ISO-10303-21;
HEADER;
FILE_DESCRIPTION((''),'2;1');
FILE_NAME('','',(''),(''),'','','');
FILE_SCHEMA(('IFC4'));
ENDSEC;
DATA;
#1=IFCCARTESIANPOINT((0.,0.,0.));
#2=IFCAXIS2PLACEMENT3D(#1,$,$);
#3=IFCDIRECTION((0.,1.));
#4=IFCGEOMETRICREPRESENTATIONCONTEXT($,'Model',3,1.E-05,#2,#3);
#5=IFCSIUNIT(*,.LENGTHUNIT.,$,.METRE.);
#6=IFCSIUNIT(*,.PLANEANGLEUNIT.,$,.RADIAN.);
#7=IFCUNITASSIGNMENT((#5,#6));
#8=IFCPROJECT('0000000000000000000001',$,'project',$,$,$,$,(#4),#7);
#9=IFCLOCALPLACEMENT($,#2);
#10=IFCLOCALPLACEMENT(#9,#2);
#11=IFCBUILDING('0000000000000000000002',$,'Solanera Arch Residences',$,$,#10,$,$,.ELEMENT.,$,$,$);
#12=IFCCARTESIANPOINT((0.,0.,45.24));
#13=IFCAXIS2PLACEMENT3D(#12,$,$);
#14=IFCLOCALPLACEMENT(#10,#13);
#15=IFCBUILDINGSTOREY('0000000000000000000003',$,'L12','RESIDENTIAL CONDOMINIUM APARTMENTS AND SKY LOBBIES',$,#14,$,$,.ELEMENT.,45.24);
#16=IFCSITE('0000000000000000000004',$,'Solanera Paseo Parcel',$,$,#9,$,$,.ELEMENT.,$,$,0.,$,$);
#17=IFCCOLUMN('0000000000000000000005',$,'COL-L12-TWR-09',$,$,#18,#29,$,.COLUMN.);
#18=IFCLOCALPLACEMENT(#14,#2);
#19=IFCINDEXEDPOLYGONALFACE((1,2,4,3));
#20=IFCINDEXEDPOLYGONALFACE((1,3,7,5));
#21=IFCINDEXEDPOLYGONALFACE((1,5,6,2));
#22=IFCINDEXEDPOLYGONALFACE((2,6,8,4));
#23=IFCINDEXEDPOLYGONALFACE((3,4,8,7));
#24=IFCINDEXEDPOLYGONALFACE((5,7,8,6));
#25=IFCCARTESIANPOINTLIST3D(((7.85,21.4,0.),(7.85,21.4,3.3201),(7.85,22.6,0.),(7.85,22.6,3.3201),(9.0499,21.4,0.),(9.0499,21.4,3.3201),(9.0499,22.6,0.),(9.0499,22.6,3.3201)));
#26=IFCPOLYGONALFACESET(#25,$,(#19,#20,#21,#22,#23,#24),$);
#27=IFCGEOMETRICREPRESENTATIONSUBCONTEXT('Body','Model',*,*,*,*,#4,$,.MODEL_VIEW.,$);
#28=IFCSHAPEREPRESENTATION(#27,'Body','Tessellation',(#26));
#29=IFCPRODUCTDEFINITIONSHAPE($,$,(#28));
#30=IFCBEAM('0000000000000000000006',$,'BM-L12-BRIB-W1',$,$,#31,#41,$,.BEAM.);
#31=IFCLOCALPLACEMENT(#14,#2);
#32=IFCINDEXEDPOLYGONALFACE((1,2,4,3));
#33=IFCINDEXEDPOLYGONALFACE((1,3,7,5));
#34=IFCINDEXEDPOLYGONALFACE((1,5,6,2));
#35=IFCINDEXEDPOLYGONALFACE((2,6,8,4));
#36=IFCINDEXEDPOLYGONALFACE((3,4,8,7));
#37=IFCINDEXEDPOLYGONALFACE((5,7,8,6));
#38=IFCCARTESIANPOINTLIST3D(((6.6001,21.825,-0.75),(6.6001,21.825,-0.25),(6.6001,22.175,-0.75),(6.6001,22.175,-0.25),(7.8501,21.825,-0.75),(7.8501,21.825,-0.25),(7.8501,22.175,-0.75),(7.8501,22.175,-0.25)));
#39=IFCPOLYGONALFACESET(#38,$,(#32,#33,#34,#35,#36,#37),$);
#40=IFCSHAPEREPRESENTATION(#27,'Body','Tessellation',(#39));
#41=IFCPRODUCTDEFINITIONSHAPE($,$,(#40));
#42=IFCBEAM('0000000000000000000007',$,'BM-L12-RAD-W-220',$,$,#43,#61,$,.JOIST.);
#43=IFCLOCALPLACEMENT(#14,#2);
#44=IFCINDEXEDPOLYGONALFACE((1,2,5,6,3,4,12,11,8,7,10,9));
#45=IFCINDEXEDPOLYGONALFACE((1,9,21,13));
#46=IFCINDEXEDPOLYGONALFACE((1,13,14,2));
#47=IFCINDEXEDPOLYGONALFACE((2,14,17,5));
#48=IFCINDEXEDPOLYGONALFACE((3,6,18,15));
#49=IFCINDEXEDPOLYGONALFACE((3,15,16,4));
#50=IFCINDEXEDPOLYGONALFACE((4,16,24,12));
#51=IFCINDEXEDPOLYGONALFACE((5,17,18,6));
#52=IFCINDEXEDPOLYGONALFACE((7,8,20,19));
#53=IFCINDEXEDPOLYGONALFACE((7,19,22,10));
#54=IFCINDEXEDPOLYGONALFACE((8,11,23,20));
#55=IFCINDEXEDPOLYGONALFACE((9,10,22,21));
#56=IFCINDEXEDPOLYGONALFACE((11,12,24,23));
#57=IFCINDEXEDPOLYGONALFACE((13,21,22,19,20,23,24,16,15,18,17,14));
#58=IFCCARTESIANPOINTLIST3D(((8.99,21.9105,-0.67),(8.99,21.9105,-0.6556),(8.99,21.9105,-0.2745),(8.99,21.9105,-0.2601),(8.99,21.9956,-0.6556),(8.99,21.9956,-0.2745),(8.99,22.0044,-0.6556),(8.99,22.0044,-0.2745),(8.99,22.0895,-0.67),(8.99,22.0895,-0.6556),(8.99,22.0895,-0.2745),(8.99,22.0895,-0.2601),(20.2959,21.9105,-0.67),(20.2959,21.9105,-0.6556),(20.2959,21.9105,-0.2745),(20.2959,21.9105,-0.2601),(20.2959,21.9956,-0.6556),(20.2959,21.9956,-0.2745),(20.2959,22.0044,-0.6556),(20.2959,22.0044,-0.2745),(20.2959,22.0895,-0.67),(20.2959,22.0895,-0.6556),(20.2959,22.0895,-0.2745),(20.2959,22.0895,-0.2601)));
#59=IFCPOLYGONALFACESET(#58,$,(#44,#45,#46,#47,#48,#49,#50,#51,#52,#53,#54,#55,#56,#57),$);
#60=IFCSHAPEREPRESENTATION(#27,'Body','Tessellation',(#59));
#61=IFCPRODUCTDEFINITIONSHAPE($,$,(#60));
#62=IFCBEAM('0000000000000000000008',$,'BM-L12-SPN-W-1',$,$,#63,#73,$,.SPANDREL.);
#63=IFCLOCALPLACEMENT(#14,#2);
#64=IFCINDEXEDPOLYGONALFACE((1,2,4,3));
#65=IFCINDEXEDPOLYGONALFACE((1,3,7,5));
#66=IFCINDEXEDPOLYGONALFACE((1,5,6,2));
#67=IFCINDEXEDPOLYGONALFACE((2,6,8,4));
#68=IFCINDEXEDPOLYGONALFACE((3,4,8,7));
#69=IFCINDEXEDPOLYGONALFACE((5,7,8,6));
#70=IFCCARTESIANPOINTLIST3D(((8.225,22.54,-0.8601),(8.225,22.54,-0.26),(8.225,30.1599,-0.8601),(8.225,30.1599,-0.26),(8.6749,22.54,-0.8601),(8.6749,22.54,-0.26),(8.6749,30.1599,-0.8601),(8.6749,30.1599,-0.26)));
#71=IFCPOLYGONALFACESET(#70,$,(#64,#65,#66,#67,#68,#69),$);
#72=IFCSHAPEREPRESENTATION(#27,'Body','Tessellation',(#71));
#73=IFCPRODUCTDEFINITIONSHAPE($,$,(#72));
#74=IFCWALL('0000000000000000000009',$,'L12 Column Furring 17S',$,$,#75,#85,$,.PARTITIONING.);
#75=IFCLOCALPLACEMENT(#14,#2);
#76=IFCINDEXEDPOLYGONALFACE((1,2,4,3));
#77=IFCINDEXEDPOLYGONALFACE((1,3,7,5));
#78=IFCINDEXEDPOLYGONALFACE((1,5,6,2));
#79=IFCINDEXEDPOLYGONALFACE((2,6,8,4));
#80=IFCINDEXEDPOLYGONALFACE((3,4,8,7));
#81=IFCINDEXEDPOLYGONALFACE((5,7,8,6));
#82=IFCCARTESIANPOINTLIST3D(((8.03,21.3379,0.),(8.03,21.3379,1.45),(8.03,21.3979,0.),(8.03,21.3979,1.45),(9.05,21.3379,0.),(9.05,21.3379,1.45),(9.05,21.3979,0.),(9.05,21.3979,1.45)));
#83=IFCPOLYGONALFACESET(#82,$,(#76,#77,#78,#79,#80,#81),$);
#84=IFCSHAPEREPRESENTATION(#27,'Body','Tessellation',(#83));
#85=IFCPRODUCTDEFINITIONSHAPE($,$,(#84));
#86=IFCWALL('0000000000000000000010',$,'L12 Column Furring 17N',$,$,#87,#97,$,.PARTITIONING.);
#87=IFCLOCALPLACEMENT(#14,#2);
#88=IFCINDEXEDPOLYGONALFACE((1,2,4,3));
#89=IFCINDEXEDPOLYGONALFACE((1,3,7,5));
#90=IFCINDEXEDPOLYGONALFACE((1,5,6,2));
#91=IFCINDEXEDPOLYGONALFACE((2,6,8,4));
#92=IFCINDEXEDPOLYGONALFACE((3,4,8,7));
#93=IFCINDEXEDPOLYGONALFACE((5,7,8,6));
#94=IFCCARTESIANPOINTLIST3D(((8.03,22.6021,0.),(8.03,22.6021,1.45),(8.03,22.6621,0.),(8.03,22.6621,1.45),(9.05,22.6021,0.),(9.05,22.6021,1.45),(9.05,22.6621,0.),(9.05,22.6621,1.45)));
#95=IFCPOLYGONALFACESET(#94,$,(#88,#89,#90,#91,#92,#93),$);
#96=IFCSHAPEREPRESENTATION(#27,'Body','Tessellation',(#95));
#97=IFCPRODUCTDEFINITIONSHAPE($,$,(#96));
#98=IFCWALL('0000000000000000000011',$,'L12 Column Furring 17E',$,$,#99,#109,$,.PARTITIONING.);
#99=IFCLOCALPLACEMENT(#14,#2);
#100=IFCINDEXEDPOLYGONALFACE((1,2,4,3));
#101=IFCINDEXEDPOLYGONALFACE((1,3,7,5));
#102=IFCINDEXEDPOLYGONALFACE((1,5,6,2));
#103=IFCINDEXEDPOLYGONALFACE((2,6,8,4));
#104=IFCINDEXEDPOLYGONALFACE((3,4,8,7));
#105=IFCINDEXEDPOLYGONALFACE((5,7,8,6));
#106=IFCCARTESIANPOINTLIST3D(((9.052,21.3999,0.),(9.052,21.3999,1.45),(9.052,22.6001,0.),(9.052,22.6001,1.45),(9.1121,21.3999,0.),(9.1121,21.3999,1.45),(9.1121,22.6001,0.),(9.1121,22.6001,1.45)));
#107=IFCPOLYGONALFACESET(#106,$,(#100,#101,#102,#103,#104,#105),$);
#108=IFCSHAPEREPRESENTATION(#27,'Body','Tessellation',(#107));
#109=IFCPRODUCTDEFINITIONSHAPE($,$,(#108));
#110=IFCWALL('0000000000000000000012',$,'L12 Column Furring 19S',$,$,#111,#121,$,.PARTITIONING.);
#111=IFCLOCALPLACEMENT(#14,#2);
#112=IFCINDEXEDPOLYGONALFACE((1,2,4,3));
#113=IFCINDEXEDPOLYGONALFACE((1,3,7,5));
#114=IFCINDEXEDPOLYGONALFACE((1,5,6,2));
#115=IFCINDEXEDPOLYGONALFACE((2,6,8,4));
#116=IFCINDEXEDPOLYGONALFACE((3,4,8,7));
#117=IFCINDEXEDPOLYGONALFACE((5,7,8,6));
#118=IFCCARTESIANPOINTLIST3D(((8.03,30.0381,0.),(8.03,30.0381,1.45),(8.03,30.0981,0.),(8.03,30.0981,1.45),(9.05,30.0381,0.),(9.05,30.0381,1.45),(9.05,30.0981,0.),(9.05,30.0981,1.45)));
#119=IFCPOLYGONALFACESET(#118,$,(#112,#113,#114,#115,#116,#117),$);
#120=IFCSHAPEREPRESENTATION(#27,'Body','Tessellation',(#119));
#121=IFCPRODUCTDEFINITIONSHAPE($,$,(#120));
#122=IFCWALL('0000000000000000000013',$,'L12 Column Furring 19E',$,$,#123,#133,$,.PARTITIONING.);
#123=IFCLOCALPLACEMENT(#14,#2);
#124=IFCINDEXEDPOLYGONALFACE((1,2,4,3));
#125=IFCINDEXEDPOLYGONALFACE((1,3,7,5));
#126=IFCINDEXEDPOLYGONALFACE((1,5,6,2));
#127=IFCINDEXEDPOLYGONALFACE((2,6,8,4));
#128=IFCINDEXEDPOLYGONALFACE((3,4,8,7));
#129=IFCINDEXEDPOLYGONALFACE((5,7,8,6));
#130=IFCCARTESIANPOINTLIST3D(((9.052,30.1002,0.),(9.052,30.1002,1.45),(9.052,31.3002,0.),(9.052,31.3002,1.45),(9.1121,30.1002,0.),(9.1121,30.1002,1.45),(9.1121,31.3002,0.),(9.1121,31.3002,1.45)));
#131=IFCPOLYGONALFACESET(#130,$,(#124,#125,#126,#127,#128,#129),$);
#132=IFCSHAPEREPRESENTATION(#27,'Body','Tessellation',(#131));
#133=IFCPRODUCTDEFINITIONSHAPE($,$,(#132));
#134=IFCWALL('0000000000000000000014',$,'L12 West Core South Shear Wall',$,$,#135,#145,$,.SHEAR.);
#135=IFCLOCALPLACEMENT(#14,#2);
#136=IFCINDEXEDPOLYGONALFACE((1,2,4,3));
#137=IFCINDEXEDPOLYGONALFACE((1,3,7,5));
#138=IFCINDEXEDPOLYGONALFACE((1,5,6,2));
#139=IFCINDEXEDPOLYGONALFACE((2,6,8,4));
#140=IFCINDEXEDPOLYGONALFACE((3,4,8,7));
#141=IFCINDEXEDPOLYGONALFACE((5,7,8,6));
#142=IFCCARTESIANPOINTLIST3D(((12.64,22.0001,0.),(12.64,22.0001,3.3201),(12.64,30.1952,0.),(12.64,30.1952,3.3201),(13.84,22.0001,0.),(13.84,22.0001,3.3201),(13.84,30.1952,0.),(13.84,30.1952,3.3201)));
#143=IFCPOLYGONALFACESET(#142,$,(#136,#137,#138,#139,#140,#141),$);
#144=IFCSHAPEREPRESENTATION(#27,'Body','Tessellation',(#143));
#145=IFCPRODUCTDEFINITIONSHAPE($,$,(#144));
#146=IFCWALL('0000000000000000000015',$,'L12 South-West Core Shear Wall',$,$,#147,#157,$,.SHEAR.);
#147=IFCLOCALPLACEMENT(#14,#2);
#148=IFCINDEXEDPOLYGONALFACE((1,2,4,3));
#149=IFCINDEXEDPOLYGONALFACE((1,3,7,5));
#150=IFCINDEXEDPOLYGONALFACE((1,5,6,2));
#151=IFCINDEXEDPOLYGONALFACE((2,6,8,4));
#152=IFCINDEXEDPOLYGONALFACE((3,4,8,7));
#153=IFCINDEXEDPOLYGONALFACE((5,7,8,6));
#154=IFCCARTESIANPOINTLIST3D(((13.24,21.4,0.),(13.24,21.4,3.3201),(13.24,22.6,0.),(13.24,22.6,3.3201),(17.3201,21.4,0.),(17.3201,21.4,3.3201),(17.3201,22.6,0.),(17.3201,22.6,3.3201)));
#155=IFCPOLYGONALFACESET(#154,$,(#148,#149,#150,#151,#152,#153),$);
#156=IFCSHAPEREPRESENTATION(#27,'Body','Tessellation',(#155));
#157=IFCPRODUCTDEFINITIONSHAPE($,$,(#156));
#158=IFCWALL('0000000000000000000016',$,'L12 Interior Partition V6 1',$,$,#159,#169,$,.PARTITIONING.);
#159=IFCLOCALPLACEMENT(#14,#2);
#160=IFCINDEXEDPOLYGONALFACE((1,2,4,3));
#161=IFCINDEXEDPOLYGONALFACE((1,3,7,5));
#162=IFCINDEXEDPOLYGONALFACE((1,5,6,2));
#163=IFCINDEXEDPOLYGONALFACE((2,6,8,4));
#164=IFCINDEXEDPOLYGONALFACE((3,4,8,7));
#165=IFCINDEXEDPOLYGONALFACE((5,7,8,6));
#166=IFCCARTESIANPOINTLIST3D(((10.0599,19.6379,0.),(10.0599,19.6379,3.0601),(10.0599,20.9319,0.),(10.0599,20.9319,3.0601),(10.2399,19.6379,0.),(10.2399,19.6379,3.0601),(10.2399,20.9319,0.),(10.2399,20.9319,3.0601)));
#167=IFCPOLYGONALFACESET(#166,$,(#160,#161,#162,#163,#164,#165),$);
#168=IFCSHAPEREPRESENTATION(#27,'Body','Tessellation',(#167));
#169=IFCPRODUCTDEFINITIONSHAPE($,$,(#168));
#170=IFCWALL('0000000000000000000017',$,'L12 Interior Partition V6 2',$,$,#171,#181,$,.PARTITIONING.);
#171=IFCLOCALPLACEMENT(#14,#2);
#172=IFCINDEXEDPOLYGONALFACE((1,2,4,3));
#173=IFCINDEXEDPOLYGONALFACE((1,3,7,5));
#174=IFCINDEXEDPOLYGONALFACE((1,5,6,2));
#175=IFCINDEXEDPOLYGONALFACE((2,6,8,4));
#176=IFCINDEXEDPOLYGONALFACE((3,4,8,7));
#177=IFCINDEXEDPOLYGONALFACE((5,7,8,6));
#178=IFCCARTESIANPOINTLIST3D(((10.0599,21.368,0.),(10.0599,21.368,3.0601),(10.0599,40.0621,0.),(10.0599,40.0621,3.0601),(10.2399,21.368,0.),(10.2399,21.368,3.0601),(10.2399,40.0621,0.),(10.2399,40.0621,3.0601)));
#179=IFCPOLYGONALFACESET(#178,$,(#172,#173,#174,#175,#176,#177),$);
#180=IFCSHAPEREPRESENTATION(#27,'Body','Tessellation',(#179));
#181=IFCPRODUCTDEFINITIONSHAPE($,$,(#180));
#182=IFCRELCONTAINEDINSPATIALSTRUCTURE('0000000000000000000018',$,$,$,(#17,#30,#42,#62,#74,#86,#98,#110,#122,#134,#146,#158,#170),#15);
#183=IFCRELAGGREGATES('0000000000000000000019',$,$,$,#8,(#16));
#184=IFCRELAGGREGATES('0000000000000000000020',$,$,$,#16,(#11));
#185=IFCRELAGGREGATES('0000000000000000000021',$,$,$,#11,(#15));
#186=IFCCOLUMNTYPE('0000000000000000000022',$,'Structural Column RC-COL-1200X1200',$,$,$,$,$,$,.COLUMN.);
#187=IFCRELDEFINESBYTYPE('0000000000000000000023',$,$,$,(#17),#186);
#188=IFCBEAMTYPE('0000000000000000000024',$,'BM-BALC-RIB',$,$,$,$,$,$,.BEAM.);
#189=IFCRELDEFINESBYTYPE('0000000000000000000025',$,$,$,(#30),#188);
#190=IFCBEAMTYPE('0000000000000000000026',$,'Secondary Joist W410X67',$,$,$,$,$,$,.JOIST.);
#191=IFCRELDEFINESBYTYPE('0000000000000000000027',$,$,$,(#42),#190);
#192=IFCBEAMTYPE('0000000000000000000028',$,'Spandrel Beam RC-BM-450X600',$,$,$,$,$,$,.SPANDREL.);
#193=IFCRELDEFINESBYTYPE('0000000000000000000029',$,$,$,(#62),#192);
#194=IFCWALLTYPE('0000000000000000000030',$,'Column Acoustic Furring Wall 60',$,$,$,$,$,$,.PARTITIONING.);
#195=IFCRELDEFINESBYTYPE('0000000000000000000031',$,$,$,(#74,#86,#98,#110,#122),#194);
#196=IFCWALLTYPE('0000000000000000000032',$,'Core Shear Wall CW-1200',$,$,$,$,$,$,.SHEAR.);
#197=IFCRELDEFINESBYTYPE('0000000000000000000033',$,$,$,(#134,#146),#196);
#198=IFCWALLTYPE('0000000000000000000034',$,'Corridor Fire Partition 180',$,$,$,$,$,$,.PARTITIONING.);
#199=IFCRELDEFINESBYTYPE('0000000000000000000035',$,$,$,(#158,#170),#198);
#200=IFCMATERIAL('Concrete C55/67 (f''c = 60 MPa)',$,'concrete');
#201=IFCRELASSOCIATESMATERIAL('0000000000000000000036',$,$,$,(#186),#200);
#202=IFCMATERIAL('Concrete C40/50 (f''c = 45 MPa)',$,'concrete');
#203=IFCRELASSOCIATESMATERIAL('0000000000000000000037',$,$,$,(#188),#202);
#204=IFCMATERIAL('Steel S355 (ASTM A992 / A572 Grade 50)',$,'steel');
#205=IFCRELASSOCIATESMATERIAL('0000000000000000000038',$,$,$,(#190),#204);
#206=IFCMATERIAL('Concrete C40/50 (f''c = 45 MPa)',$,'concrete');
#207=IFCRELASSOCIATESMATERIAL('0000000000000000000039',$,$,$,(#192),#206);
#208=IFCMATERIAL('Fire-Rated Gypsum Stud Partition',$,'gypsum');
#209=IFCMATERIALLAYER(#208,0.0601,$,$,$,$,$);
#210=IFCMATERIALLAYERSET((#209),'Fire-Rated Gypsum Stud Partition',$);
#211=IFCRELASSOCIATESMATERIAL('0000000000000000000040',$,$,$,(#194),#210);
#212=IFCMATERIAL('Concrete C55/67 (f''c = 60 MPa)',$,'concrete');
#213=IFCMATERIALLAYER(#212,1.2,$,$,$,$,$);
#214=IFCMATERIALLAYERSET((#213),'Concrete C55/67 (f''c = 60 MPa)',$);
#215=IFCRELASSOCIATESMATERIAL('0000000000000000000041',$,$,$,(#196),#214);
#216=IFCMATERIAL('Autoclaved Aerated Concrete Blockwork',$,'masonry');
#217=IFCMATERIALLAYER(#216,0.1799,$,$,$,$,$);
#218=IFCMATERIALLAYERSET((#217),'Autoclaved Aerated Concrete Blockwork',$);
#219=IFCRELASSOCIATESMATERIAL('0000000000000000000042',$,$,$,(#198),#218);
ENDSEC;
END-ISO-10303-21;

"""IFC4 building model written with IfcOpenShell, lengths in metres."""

from ifc_helpers import new_model, si_unit, direction, frame, frame_2d, origin, origin_2d, place, context, subcontext, project, spatial, rectangle, i_section, extrude, material, layer, layer_set, material_profile, profile_set, type_object, element, save


model = new_model("IFC4")

# Units and contexts
model_context = context("Model", 3, precision=1e-05, world=origin(), true_north=direction((0.0, 1.0)))
body_context = subcontext(model_context, "Body", "Model", "MODEL_VIEW")
ifc_project = project(units=[si_unit("LENGTHUNIT", "METRE"), si_unit("PLANEANGLEUNIT", "RADIAN")], contexts=[model_context])

# Site, building, storey
site_placement = place(None, origin())
site = spatial("IfcSite", under=ifc_project, at=site_placement, Name="Solanera Paseo Parcel", CompositionType="ELEMENT", RefElevation=0.0)
building_placement = place(site_placement, origin())
building = spatial("IfcBuilding", under=site, at=building_placement, Name="Solanera Arch Residences", CompositionType="ELEMENT")
storey_placement = place(building_placement, frame((0.0, 0.0, 45.24)))
storey = spatial("IfcBuildingStorey", under=building, at=storey_placement, Name="L12", Description="RESIDENTIAL CONDOMINIUM APARTMENTS AND SKY LOBBIES", CompositionType="ELEMENT", Elevation=45.24)

# Column
ifc_material_1 = material(Name="Concrete C55/67 (f'c = 60 MPa)", Category="concrete")
ifc_material_profile_1 = material_profile(ifc_material_1, rectangle(XDim=1.2, YDim=1.2, at=origin_2d()))
ifc_profile_set_1 = profile_set([ifc_material_profile_1], Name="Concrete C55/67 (f'c = 60 MPa)")
column_type = type_object("IfcColumnType", Name="Structural Column RC-COL-1200X1200", PredefinedType="COLUMN", material=ifc_profile_set_1)
column_placement = place(storey_placement, frame((8.45, 22.0, 0.0), z_axis=(0.0, 0.0, 1.0), x_axis=(1.0, 0.0, 0.0)))
element("IfcColumn", 1, at=column_placement, inside=storey, type_object=column_type, Name="COL-L12-TWR-09", PredefinedType="COLUMN", context=body_context, shape_type="SweptSolid", body=[
    extrude(rectangle(XDim=1.2, YDim=1.2, at=origin_2d()), origin(), (0.0, 0.0, 1.0), 3.3201),
])

# Beams
ifc_material_2 = material(Name="Concrete C40/50 (f'c = 45 MPa)", Category="concrete")
ifc_material_profile_2 = material_profile(ifc_material_2, rectangle(XDim=0.3501, YDim=0.5, at=origin_2d()))
ifc_profile_set_2 = profile_set([ifc_material_profile_2], Name="Concrete C40/50 (f'c = 45 MPa)")
beam_type_1 = type_object("IfcBeamType", Name="BM-BALC-RIB", PredefinedType="BEAM", material=ifc_profile_set_2)
beam_1_placement = place(storey_placement, frame((6.6001, 22.0, -0.5), z_axis=(1.0, 0.0, 0.0), x_axis=(0.0, 1.0, 0.0)))
element("IfcBeam", 2, at=beam_1_placement, inside=storey, type_object=beam_type_1, Name="BM-L12-BRIB-W1", PredefinedType="BEAM", context=body_context, shape_type="SweptSolid", body=[
    extrude(rectangle(XDim=0.3501, YDim=0.5, at=origin_2d()), origin(), (0.0, 0.0, 1.0), 1.25),
])
ifc_material_3 = material(Name="Steel S355 (ASTM A992 / A572 Grade 50)", Category="steel")
ifc_material_profile_3 = material_profile(ifc_material_3, i_section(OverallWidth=0.179, OverallDepth=0.4099, WebThickness=0.0088, FlangeThickness=0.0144, at=origin_2d()))
ifc_profile_set_3 = profile_set([ifc_material_profile_3], Name="Steel S355 (ASTM A992 / A572 Grade 50)")
beam_type_2 = type_object("IfcBeamType", Name="Secondary Joist W410X67", PredefinedType="JOIST", material=ifc_profile_set_3)
beam_2_placement = place(storey_placement, frame((8.99, 22.0, -0.4651), z_axis=(1.0, 0.0, 0.0), x_axis=(0.0, 1.0, 0.0)))
element("IfcBeam", 3, at=beam_2_placement, inside=storey, type_object=beam_type_2, Name="BM-L12-RAD-W-220", PredefinedType="JOIST", context=body_context, shape_type="SweptSolid", body=[
    extrude(i_section(OverallWidth=0.179, OverallDepth=0.4099, WebThickness=0.0088, FlangeThickness=0.0144, at=origin_2d()), origin(), (0.0, 0.0, 1.0), 11.3059),
])
ifc_material_4 = material(Name="Concrete C40/50 (f'c = 45 MPa)", Category="concrete")
ifc_material_profile_4 = material_profile(ifc_material_4, rectangle(XDim=0.45, YDim=0.6001, at=origin_2d()))
ifc_profile_set_4 = profile_set([ifc_material_profile_4], Name="Concrete C40/50 (f'c = 45 MPa)")
beam_type_3 = type_object("IfcBeamType", Name="Spandrel Beam RC-BM-450X600", PredefinedType="SPANDREL", material=ifc_profile_set_4)
beam_3_placement = place(storey_placement, frame((8.45, 22.54, -0.5601), z_axis=(0.0, 1.0, 0.0), x_axis=(-1.0, 0.0, 0.0)))
element("IfcBeam", 4, at=beam_3_placement, inside=storey, type_object=beam_type_3, Name="BM-L12-SPN-W-1", PredefinedType="SPANDREL", context=body_context, shape_type="SweptSolid", body=[
    extrude(rectangle(XDim=0.45, YDim=0.6001, at=origin_2d()), origin(), (0.0, 0.0, 1.0), 7.6199),
])

# Walls
ifc_material_5 = material(Name="Fire-Rated Gypsum Stud Partition", Category="gypsum")
ifc_layer_1 = layer(ifc_material_5, 0.0601)
ifc_layer_set_1 = layer_set([ifc_layer_1], Name="Fire-Rated Gypsum Stud Partition")
wall_type_1 = type_object("IfcWallType", Name="Column Acoustic Furring Wall 60", PredefinedType="PARTITIONING", material=ifc_layer_set_1)
for number, where, z_axis, x_axis, name in (
    (5, (8.03, 21.3679, 0.0), (0.0, 0.0, 1.0), (1.0, 0.0, 0.0), "L12 Column Furring 17S"),
    (6, (8.03, 22.6321, 0.0), (0.0, 0.0, 1.0), (1.0, 0.0, 0.0), "L12 Column Furring 17N"),
):
    element("IfcWall", number, at=place(storey_placement, frame(where, z_axis=z_axis, x_axis=x_axis)), inside=storey, type_object=wall_type_1, Name=name, PredefinedType="PARTITIONING", context=body_context, shape_type="SweptSolid", body=[
        extrude(rectangle(XDim=1.02, YDim=0.0601, at=frame_2d((0.51, 0.0))), origin(), (0.0, 0.0, 1.0), 1.45),
    ])
wall_1_placement = place(storey_placement, frame((9.082, 21.3999, 0.0), z_axis=(0.0, 0.0, 1.0), x_axis=(0.0, 1.0, 0.0)))
element("IfcWall", 7, at=wall_1_placement, inside=storey, type_object=wall_type_1, Name="L12 Column Furring 17E", PredefinedType="PARTITIONING", context=body_context, shape_type="SweptSolid", body=[
    extrude(rectangle(XDim=1.2002, YDim=0.0601, at=frame_2d((0.6001, 0.0))), origin(), (0.0, 0.0, 1.0), 1.45),
])
wall_2_placement = place(storey_placement, frame((8.03, 30.0681, 0.0), z_axis=(0.0, 0.0, 1.0), x_axis=(1.0, 0.0, 0.0)))
element("IfcWall", 8, at=wall_2_placement, inside=storey, type_object=wall_type_1, Name="L12 Column Furring 19S", PredefinedType="PARTITIONING", context=body_context, shape_type="SweptSolid", body=[
    extrude(rectangle(XDim=1.02, YDim=0.0601, at=frame_2d((0.51, 0.0))), origin(), (0.0, 0.0, 1.0), 1.45),
])
wall_3_placement = place(storey_placement, frame((9.082, 30.1001, 0.0), z_axis=(0.0, 0.0, 1.0), x_axis=(0.0, 1.0, 0.0)))
element("IfcWall", 9, at=wall_3_placement, inside=storey, type_object=wall_type_1, Name="L12 Column Furring 19E", PredefinedType="PARTITIONING", context=body_context, shape_type="SweptSolid", body=[
    extrude(rectangle(XDim=1.2, YDim=0.0601, at=frame_2d((0.6001, 0.0))), origin(), (0.0, 0.0, 1.0), 1.45),
])
ifc_material_6 = material(Name="Concrete C55/67 (f'c = 60 MPa)", Category="concrete")
ifc_layer_2 = layer(ifc_material_6, 1.2)
ifc_layer_set_2 = layer_set([ifc_layer_2], Name="Concrete C55/67 (f'c = 60 MPa)")
wall_type_2 = type_object("IfcWallType", Name="Core Shear Wall CW-1200", PredefinedType="SHEAR", material=ifc_layer_set_2)
wall_4_placement = place(storey_placement, frame((13.24, 22.0, 0.0), z_axis=(0.0, 0.0, 1.0), x_axis=(0.0, 1.0, 0.0)))
element("IfcWall", 10, at=wall_4_placement, inside=storey, type_object=wall_type_2, Name="L12 West Core South Shear Wall", PredefinedType="SHEAR", context=body_context, shape_type="SweptSolid", body=[
    extrude(rectangle(XDim=8.1951, YDim=1.2, at=frame_2d((4.0977, 0.0))), origin(), (0.0, 0.0, 1.0), 3.3201),
])
wall_5_placement = place(storey_placement, frame((13.24, 22.0, 0.0), z_axis=(0.0, 0.0, 1.0), x_axis=(1.0, 0.0, 0.0)))
element("IfcWall", 11, at=wall_5_placement, inside=storey, type_object=wall_type_2, Name="L12 South-West Core Shear Wall", PredefinedType="SHEAR", context=body_context, shape_type="SweptSolid", body=[
    extrude(rectangle(XDim=4.0801, YDim=1.2, at=frame_2d((2.04, 0.0))), origin(), (0.0, 0.0, 1.0), 3.3201),
])
ifc_material_7 = material(Name="Autoclaved Aerated Concrete Blockwork", Category="masonry")
ifc_layer_3 = layer(ifc_material_7, 0.1799)
ifc_layer_set_3 = layer_set([ifc_layer_3], Name="Autoclaved Aerated Concrete Blockwork")
wall_type_3 = type_object("IfcWallType", Name="Corridor Fire Partition 180", PredefinedType="PARTITIONING", material=ifc_layer_set_3)
wall_6_placement = place(storey_placement, frame((10.1499, 19.6379, 0.0), z_axis=(0.0, 0.0, 1.0), x_axis=(0.0, 1.0, 0.0)))
element("IfcWall", 12, at=wall_6_placement, inside=storey, type_object=wall_type_3, Name="L12 Interior Partition V6 1", PredefinedType="PARTITIONING", context=body_context, shape_type="SweptSolid", body=[
    extrude(rectangle(XDim=1.2939, YDim=0.1799, at=frame_2d((0.647, 0.0))), origin(), (0.0, 0.0, 1.0), 3.0601),
])
for number, where, z_axis, x_axis, name in (
    (13, (10.1499, 21.3679, 0.0), (0.0, 0.0, 1.0), (0.0, 1.0, 0.0), "L12 Interior Partition V6 2"),
):
    element("IfcWall", number, at=place(storey_placement, frame(where, z_axis=z_axis, x_axis=x_axis)), inside=storey, type_object=wall_type_3, Name=name, PredefinedType="PARTITIONING", context=body_context, shape_type="SweptSolid", body=[
        extrude(rectangle(XDim=18.6941, YDim=0.1799, at=frame_2d((9.3472, 0.0))), origin(), (0.0, 0.0, 1.0), 3.0601),
    ])

save(model, "model.ifc")
